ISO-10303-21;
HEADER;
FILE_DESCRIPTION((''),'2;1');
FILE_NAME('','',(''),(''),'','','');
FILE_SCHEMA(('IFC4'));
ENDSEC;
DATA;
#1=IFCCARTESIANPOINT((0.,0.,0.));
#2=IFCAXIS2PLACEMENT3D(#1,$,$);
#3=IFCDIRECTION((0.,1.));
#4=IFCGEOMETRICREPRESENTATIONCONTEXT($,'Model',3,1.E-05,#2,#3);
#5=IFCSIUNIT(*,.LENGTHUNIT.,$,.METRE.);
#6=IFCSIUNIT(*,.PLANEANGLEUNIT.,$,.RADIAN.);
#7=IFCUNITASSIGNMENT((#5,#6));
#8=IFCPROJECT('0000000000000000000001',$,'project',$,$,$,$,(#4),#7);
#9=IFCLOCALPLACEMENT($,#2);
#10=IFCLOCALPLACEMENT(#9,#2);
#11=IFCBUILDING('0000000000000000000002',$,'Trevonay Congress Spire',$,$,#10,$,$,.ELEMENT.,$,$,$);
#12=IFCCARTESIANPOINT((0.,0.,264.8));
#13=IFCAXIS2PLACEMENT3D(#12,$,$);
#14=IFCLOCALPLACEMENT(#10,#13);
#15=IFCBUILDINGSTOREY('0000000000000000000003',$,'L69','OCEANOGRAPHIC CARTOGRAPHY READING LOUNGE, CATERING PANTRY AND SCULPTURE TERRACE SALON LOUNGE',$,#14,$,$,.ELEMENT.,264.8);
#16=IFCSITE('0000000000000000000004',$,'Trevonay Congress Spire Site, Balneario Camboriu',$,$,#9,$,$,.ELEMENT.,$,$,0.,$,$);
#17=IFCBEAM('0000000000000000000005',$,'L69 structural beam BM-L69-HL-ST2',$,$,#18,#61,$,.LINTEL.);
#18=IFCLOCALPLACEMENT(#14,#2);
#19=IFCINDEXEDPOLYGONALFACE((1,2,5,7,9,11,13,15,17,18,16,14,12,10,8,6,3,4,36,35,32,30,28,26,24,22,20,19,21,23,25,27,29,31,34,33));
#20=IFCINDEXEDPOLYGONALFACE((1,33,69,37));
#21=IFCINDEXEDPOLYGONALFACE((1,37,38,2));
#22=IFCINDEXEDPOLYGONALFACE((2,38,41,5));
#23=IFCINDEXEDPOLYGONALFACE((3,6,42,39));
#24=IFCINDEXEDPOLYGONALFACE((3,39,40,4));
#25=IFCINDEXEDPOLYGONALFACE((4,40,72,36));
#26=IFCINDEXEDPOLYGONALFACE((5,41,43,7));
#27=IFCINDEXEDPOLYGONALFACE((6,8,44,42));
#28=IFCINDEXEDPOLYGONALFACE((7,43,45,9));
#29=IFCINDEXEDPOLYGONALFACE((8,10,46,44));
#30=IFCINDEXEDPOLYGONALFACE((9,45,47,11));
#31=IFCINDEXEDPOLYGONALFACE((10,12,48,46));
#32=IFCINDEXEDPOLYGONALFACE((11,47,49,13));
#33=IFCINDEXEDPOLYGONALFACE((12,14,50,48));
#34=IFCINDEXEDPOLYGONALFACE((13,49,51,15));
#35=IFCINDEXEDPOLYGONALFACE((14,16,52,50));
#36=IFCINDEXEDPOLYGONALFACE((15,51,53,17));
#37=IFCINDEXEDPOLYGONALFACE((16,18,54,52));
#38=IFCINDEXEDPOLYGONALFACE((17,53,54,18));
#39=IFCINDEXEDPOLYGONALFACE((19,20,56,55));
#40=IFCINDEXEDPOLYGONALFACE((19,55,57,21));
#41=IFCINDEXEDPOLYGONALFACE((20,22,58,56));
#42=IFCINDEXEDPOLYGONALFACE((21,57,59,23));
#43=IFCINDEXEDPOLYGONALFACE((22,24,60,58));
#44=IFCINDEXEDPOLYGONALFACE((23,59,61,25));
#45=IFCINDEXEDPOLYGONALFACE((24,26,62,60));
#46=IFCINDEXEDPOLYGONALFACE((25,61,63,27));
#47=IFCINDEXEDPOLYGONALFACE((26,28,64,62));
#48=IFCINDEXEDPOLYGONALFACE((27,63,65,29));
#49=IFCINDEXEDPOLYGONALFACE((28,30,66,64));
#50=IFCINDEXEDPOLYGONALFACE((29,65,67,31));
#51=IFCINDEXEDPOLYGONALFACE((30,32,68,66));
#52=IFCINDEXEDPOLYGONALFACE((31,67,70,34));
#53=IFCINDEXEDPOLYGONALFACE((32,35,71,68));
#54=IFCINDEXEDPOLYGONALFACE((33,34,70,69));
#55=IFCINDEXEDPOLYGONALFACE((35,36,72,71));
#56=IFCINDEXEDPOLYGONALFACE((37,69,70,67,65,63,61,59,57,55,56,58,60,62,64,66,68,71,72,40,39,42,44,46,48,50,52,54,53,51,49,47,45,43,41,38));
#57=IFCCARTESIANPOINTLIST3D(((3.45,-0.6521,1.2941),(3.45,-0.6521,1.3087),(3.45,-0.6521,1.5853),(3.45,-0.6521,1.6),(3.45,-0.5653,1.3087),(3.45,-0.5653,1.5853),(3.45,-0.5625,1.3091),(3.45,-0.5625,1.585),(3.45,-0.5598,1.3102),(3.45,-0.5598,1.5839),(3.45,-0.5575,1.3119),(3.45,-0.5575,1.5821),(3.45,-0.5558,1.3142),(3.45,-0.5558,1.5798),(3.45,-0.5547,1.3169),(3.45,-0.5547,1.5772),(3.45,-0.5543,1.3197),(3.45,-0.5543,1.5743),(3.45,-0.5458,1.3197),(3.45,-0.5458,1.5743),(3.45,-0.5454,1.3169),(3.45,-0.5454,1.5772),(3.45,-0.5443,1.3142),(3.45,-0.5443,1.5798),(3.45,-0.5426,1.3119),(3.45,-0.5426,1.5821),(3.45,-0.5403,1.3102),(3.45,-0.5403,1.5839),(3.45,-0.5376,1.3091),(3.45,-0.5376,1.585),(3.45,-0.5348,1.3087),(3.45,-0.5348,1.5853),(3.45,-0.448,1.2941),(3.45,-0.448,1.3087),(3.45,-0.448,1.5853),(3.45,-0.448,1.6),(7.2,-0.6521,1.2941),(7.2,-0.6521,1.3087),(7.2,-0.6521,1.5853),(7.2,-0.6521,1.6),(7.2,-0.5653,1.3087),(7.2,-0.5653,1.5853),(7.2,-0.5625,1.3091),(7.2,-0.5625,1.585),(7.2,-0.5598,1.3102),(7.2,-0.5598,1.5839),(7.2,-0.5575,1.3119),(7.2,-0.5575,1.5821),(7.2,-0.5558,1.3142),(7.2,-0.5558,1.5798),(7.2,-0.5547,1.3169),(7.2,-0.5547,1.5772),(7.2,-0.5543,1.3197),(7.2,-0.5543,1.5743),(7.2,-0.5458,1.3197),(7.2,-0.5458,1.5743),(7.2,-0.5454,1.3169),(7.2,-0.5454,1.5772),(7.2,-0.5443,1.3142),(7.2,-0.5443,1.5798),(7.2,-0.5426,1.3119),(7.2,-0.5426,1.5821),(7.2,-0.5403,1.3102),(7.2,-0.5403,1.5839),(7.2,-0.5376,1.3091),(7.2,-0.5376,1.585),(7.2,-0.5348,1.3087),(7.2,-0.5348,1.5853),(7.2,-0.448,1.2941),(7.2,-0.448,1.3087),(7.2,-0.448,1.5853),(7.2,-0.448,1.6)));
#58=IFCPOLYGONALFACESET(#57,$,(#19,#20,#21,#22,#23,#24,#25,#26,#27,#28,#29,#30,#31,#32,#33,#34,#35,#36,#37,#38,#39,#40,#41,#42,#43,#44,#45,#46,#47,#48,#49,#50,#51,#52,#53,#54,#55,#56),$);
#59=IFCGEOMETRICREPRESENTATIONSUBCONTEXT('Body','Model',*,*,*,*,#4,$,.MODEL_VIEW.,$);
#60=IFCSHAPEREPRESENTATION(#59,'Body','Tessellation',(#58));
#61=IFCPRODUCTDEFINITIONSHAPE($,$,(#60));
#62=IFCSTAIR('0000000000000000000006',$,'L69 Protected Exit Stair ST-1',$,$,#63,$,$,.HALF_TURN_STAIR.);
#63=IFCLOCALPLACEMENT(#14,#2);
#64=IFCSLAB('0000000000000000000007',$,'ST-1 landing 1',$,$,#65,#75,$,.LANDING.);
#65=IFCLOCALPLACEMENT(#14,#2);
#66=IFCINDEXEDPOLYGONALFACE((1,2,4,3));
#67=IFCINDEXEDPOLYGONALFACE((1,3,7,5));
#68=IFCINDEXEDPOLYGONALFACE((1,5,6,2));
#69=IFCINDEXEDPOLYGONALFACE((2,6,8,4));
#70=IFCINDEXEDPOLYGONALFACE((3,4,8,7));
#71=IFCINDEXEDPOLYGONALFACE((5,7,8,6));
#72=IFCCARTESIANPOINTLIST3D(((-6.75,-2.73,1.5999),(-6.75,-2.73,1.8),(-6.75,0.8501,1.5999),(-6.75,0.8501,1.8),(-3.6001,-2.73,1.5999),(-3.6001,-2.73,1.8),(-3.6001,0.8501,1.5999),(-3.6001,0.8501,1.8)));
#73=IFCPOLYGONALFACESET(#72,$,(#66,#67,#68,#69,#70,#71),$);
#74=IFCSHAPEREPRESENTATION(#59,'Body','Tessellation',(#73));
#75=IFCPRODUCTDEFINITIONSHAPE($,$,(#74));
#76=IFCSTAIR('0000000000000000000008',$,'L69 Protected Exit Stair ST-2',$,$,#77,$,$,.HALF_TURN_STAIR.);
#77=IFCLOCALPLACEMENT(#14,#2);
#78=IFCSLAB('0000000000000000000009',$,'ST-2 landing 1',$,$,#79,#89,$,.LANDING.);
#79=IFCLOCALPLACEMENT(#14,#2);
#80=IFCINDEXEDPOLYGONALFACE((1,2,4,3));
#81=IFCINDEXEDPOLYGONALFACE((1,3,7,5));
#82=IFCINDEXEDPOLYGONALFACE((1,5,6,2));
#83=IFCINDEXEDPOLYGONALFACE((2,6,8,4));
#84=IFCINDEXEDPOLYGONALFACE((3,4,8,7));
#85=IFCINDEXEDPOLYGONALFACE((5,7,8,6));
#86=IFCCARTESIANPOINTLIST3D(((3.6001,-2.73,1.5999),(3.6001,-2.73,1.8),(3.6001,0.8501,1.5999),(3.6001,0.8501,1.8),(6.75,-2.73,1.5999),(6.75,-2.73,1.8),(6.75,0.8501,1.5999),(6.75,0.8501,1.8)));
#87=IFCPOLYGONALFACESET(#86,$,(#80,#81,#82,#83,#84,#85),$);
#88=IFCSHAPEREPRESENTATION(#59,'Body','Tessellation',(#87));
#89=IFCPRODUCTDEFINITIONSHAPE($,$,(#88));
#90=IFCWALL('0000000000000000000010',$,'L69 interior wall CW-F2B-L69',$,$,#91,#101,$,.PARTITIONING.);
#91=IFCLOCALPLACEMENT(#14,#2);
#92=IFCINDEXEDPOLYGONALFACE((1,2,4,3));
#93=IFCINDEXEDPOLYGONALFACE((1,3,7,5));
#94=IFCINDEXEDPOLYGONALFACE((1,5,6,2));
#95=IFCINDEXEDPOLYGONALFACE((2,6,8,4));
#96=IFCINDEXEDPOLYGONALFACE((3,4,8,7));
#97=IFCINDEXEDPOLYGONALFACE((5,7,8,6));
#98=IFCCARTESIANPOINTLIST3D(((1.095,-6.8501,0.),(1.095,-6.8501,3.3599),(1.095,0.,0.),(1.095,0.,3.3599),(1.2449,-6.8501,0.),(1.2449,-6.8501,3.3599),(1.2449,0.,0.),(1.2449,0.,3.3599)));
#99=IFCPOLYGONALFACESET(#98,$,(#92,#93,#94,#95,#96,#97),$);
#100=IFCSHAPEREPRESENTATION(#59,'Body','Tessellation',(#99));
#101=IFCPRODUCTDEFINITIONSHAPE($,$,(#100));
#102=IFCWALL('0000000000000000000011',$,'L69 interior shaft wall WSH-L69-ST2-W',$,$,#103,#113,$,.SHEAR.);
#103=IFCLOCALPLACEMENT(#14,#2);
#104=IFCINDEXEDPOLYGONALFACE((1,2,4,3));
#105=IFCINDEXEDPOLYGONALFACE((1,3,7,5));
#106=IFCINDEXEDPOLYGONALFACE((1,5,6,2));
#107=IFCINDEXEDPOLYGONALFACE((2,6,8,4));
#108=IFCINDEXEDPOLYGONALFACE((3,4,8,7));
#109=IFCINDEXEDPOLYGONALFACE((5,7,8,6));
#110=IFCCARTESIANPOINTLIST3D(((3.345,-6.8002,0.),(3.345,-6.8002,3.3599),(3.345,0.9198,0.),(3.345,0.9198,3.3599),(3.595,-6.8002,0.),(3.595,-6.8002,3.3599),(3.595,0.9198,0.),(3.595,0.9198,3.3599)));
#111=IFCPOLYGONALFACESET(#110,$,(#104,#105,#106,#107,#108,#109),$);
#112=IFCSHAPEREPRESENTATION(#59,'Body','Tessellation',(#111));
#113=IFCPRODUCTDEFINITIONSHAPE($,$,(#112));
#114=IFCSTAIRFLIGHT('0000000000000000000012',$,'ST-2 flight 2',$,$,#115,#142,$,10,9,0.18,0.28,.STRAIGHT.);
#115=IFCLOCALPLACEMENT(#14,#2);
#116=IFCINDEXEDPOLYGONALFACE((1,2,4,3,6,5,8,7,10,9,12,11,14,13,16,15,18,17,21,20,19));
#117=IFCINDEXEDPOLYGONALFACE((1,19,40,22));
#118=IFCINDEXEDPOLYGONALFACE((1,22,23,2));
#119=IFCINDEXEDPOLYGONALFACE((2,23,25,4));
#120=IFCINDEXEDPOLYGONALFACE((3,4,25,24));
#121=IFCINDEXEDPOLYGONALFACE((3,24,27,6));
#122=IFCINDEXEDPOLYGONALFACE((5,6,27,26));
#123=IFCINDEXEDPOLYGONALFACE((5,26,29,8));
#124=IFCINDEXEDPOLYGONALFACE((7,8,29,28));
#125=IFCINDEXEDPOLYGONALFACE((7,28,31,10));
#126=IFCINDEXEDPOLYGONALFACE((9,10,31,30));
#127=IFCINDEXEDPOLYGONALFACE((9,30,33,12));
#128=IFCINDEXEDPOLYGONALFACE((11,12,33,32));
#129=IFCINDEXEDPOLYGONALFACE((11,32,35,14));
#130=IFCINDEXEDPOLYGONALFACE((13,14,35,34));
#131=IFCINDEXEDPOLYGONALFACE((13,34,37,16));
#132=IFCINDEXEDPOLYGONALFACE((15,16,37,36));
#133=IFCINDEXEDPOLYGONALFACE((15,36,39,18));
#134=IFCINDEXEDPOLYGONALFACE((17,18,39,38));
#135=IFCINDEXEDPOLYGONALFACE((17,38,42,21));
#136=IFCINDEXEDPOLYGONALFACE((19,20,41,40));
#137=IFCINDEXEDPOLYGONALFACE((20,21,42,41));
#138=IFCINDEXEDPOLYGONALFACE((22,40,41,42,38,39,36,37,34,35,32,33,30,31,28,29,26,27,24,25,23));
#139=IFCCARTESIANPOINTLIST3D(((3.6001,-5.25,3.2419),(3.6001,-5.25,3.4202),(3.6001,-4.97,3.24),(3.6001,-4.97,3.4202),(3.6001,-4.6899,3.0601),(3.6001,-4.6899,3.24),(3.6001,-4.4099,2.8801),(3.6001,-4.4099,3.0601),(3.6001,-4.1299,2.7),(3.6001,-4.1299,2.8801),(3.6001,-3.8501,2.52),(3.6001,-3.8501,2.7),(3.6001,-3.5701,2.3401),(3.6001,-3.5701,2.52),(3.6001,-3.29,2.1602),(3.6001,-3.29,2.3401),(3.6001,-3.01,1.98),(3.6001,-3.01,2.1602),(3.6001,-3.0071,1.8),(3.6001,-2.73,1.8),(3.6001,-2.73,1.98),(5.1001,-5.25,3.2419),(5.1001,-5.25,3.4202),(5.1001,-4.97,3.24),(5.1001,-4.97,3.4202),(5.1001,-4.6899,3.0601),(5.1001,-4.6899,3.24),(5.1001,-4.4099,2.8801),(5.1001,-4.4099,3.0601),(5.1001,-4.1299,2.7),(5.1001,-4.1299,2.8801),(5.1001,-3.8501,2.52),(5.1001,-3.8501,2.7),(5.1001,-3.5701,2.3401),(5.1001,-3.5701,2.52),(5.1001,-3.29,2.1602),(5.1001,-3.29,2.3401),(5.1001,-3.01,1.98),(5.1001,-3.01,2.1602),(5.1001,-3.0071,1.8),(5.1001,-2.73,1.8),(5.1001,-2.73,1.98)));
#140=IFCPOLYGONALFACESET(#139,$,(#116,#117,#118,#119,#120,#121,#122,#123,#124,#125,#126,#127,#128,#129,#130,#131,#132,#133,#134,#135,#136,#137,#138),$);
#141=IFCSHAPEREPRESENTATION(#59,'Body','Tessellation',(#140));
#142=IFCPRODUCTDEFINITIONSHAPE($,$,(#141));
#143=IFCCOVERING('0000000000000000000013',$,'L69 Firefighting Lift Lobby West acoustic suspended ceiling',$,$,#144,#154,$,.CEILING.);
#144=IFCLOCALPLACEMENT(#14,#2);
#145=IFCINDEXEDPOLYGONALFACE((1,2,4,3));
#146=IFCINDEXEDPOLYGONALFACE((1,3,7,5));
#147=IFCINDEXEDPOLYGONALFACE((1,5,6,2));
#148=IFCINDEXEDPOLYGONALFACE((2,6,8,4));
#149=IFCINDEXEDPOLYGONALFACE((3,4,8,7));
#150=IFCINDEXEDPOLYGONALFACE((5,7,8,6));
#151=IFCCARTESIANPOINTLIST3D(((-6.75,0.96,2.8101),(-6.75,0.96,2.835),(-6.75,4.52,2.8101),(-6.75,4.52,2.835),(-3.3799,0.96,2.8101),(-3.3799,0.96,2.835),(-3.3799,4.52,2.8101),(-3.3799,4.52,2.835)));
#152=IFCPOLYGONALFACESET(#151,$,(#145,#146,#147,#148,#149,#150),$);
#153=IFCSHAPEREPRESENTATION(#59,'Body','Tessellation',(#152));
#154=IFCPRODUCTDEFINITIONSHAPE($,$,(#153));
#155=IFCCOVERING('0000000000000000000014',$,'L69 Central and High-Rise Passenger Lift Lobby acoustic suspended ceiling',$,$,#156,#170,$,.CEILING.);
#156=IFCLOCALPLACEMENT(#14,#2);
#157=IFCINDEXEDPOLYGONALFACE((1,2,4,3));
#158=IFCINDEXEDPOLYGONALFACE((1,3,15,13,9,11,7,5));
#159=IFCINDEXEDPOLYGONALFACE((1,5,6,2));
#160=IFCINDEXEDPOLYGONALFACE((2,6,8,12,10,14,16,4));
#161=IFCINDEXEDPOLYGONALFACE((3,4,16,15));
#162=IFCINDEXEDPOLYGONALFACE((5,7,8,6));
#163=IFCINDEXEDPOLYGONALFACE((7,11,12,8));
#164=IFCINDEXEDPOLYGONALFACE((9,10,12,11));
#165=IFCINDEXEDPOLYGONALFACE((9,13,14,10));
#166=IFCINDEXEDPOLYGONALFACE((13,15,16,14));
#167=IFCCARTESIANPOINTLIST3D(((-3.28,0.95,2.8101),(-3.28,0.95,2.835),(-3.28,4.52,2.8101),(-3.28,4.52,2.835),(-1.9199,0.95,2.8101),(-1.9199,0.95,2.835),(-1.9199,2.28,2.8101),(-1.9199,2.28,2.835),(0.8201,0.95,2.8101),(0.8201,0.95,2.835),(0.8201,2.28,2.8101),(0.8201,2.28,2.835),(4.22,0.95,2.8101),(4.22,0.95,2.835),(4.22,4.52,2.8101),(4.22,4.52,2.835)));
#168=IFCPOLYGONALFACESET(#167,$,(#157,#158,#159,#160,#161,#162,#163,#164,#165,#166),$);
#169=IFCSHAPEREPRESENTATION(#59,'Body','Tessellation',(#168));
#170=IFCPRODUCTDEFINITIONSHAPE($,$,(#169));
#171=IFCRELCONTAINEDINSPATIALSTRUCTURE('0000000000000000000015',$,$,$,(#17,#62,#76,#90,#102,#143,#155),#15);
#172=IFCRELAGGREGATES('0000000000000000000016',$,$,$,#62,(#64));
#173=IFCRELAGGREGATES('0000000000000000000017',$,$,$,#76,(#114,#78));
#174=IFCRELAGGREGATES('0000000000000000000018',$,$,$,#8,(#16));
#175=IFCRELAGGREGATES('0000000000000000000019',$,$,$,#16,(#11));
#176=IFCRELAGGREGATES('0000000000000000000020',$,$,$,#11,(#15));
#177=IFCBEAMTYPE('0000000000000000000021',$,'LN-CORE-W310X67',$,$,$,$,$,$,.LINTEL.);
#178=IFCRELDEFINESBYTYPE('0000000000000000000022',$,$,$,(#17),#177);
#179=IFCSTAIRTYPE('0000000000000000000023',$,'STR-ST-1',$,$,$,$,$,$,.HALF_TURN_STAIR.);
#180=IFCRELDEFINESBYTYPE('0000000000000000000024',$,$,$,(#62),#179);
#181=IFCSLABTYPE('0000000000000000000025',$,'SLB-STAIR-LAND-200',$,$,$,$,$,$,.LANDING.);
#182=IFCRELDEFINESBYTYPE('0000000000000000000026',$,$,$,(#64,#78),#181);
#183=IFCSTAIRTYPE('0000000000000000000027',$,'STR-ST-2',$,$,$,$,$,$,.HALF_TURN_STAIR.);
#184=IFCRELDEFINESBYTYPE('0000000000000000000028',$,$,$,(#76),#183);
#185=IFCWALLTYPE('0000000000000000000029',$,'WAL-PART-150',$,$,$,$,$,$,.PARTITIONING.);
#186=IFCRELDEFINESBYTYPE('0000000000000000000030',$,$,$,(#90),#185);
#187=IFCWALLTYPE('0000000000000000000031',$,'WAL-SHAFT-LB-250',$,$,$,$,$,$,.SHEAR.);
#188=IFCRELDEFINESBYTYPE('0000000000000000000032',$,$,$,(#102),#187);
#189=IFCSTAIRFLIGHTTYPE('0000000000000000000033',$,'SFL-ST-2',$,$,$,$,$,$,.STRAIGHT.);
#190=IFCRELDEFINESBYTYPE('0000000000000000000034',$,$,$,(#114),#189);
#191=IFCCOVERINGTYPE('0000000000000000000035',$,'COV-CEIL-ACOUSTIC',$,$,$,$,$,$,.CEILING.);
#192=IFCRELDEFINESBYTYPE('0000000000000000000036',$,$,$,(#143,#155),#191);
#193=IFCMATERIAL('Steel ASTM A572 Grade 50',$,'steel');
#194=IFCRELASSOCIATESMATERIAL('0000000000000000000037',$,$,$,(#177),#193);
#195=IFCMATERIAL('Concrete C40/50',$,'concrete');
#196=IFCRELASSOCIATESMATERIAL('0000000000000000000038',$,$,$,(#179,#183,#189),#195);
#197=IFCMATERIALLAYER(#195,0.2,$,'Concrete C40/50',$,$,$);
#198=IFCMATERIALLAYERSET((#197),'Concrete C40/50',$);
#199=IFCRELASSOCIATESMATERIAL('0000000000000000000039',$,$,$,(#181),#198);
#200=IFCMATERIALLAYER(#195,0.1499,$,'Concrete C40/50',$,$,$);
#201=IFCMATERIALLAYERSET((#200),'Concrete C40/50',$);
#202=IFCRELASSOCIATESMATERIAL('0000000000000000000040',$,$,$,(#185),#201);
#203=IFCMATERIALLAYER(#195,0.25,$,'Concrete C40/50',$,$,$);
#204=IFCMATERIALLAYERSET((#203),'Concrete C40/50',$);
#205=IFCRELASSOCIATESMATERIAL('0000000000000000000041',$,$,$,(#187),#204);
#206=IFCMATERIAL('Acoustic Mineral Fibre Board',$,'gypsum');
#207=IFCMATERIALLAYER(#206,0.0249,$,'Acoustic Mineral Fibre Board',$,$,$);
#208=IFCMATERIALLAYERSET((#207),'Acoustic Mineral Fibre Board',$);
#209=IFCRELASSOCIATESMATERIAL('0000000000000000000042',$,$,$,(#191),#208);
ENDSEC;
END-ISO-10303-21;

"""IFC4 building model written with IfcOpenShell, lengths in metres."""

from ifc_helpers import new_model, si_unit, direction, frame, frame_2d, origin, origin_2d, place, context, subcontext, project, spatial, polyline, rectangle, i_section, outline, extrude, material, layer, layer_set, material_profile, profile_set, type_object, element, aggregate, save


model = new_model("IFC4")

# Units and contexts
model_context = context("Model", 3, precision=1e-05, world=origin(), true_north=direction((0.0, 1.0)))
body_context = subcontext(model_context, "Body", "Model", "MODEL_VIEW")
ifc_project = project(units=[si_unit("LENGTHUNIT", "METRE"), si_unit("PLANEANGLEUNIT", "RADIAN")], contexts=[model_context])

# Site, building, storey
site_placement = place(None, origin())
site = spatial("IfcSite", under=ifc_project, at=site_placement, Name="Trevonay Congress Spire Site, Balneario Camboriu", CompositionType="ELEMENT", RefElevation=0.0)
building_placement = place(site_placement, origin())
building = spatial("IfcBuilding", under=site, at=building_placement, Name="Trevonay Congress Spire", CompositionType="ELEMENT")
storey_placement = place(building_placement, frame((0.0, 0.0, 264.8)))
storey = spatial("IfcBuildingStorey", under=building, at=storey_placement, Name="L69", Description="OCEANOGRAPHIC CARTOGRAPHY READING LOUNGE, CATERING PANTRY AND SCULPTURE TERRACE SALON LOUNGE", CompositionType="ELEMENT", Elevation=264.8)

# Beam
ifc_material_1 = material(Name="Steel ASTM A572 Grade 50", Category="steel")
ifc_material_profile = material_profile(ifc_material_1, i_section(OverallWidth=0.2041, OverallDepth=0.3059, WebThickness=0.0085, FlangeThickness=0.0146, FilletRadius=0.011, at=origin_2d()), Name="W310x67")
ifc_profile_set = profile_set([ifc_material_profile], Name="Steel ASTM A572 Grade 50")
beam_type = type_object("IfcBeamType", Name="LN-CORE-W310X67", PredefinedType="LINTEL", material=ifc_profile_set)
beam_placement = place(storey_placement, frame((3.45, -0.55, 1.447), z_axis=(1.0, 0.0, 0.0), x_axis=(0.0, 1.0, 0.0)))
element("IfcBeam", 1, at=beam_placement, inside=storey, type_object=beam_type, Name="L69 structural beam BM-L69-HL-ST2", PredefinedType="LINTEL", context=body_context, shape_type="SweptSolid", body=[
    extrude(i_section(OverallWidth=0.2041, OverallDepth=0.3059, WebThickness=0.0085, FlangeThickness=0.0146, FilletRadius=0.011, at=origin_2d()), origin(), (0.0, 0.0, 1.0), 3.75),
])

# Stairs, slabs
ifc_material_2 = material(Name="Concrete C40/50", Category="concrete")
stair_type_1 = type_object("IfcStairType", Name="STR-ST-1", PredefinedType="HALF_TURN_STAIR", material=ifc_material_2)
stair_1_placement = place(storey_placement, origin())
stair_1 = element("IfcStair", 2, at=stair_1_placement, inside=storey, type_object=stair_type_1, Name="L69 Protected Exit Stair ST-1", PredefinedType="HALF_TURN_STAIR")
ifc_layer_1 = layer(ifc_material_2, 0.2, Name="Concrete C40/50")
ifc_layer_set_1 = layer_set([ifc_layer_1], Name="Concrete C40/50")
slab_type = type_object("IfcSlabType", Name="SLB-STAIR-LAND-200", PredefinedType="LANDING", material=ifc_layer_set_1)
slab_1_placement = place(storey_placement, frame((0.0, 0.0, 1.5999)))
slab_1 = element("IfcSlab", 3, at=slab_1_placement, type_object=slab_type, Name="ST-1 landing 1", PredefinedType="LANDING", context=body_context, shape_type="SweptSolid", body=[
    extrude(outline(polyline([(-3.6001, -2.73), (-3.6001, 0.8501), (-6.75, 0.8501), (-6.75, -2.73), (-3.6001, -2.73)])), origin(), (0.0, 0.0, 1.0), 0.2002),
])
aggregate(stair_1, [slab_1])
stair_type_2 = type_object("IfcStairType", Name="STR-ST-2", PredefinedType="HALF_TURN_STAIR", material=ifc_material_2)
stair_2_placement = place(storey_placement, origin())
stair_2 = element("IfcStair", 4, at=stair_2_placement, inside=storey, type_object=stair_type_2, Name="L69 Protected Exit Stair ST-2", PredefinedType="HALF_TURN_STAIR")
slab_2_placement = place(storey_placement, frame((0.0, 0.0, 1.5999)))
slab_2 = element("IfcSlab", 5, at=slab_2_placement, type_object=slab_type, Name="ST-2 landing 1", PredefinedType="LANDING", context=body_context, shape_type="SweptSolid", body=[
    extrude(outline(polyline([(6.75, -2.73), (6.75, 0.8501), (3.6001, 0.8501), (3.6001, -2.73), (6.75, -2.73)])), origin(), (0.0, 0.0, 1.0), 0.2002),
])

# Walls
ifc_layer_2 = layer(ifc_material_2, 0.1499, Name="Concrete C40/50")
ifc_layer_set_2 = layer_set([ifc_layer_2], Name="Concrete C40/50")
wall_type_1 = type_object("IfcWallType", Name="WAL-PART-150", PredefinedType="PARTITIONING", material=ifc_layer_set_2)
wall_1_placement = place(storey_placement, frame((1.1699, -6.8501, 0.0), z_axis=(0.0, 0.0, 1.0), x_axis=(0.0, 1.0, 0.0)))
element("IfcWall", 6, at=wall_1_placement, inside=storey, type_object=wall_type_1, Name="L69 interior wall CW-F2B-L69", PredefinedType="PARTITIONING", context=body_context, shape_type="SweptSolid", body=[
    extrude(rectangle(XDim=6.8501, YDim=0.1499, at=frame_2d((3.425, 0.0))), origin(), (0.0, 0.0, 1.0), 3.3599),
])
ifc_layer_3 = layer(ifc_material_2, 0.25, Name="Concrete C40/50")
ifc_layer_set_3 = layer_set([ifc_layer_3], Name="Concrete C40/50")
wall_type_2 = type_object("IfcWallType", Name="WAL-SHAFT-LB-250", PredefinedType="SHEAR", material=ifc_layer_set_3)
wall_2_placement = place(storey_placement, frame((3.47, -6.8, 0.0), z_axis=(0.0, 0.0, 1.0), x_axis=(0.0, 1.0, 0.0)))
element("IfcWall", 7, at=wall_2_placement, inside=storey, type_object=wall_type_2, Name="L69 interior shaft wall WSH-L69-ST2-W", PredefinedType="SHEAR", context=body_context, shape_type="SweptSolid", body=[
    extrude(rectangle(XDim=7.72, YDim=0.25, at=frame_2d((3.8599, 0.0))), origin(), (0.0, 0.0, 1.0), 3.3599),
])

# Stair flight
stair_flight_type = type_object("IfcStairFlightType", Name="SFL-ST-2", PredefinedType="STRAIGHT", material=ifc_material_2)
stair_flight_placement = place(storey_placement, frame((4.3501, -2.73, 1.8), z_axis=(0.0, 0.0, 1.0), x_axis=(0.0, -1.0, 0.0)))
stair_flight = element("IfcStairFlight", 8, at=stair_flight_placement, type_object=stair_flight_type, Name="ST-2 flight 2", NumberOfRisers=10, NumberOfTreads=9, PredefinedType="STRAIGHT", RiserHeight=0.18, TreadLength=0.28, context=body_context, shape_type="SweptSolid", body=[
    extrude(outline(polyline([(0.0, 0.0), (0.0, 0.1799), (0.28, 0.1799), (0.28, 0.3601), (0.5601, 0.3601), (0.5601, 0.54), (0.8401, 0.54), (0.8401, 0.72), (1.1201, 0.72), (1.1201, 0.8999), (1.3999, 0.8999), (1.3999, 1.0801), (1.6799, 1.0801), (1.6799, 1.26), (1.96, 1.26), (1.96, 1.4399), (2.24, 1.4399), (2.24, 1.6201), (2.52, 1.6201), (2.52, 1.8), (2.52, 1.4419), (0.2771, 0.0), (0.0, 0.0)])), frame((0.0, 0.75, 0.0), z_axis=(0.0, -1.0, 0.0), x_axis=(1.0, 0.0, 0.0)), (0.0, 0.0, 1.0), 1.5),
])
aggregate(stair_2, [stair_flight, slab_2])

# Coverings
ifc_material_3 = material(Name="Acoustic Mineral Fibre Board", Category="gypsum")
ifc_layer_4 = layer(ifc_material_3, 0.0249, Name="Acoustic Mineral Fibre Board")
ifc_layer_set_4 = layer_set([ifc_layer_4], Name="Acoustic Mineral Fibre Board")
covering_type_1 = type_object("IfcCoveringType", Name="COV-CEIL-ACOUSTIC", PredefinedType="CEILING", material=ifc_layer_set_4)
covering_1_placement = place(storey_placement, frame((0.0, 0.0, 2.8101)))
element("IfcCovering", 9, at=covering_1_placement, inside=storey, type_object=covering_type_1, Name="L69 Firefighting Lift Lobby West acoustic suspended ceiling", PredefinedType="CEILING", context=body_context, shape_type="SweptSolid", body=[
    extrude(outline(polyline([(-6.75, 0.96), (-3.3799, 0.96), (-3.3799, 4.52), (-6.75, 4.52), (-6.75, 0.96)])), origin(), (0.0, 0.0, 1.0), 0.0249),
])
covering_2_placement = place(storey_placement, frame((0.0, 0.0, 2.8101)))
element("IfcCovering", 10, at=covering_2_placement, inside=storey, type_object=covering_type_1, Name="L69 Central and High-Rise Passenger Lift Lobby acoustic suspended ceiling", PredefinedType="CEILING", context=body_context, shape_type="SweptSolid", body=[
    extrude(outline(polyline([(-3.28, 0.95), (-1.9199, 0.95), (-1.9199, 2.28), (0.8201, 2.28), (0.8201, 0.95), (4.22, 0.95), (4.22, 4.52), (-3.28, 4.52), (-3.28, 0.95)])), origin(), (0.0, 0.0, 1.0), 0.0249),
])

save(model, "model.ifc")
